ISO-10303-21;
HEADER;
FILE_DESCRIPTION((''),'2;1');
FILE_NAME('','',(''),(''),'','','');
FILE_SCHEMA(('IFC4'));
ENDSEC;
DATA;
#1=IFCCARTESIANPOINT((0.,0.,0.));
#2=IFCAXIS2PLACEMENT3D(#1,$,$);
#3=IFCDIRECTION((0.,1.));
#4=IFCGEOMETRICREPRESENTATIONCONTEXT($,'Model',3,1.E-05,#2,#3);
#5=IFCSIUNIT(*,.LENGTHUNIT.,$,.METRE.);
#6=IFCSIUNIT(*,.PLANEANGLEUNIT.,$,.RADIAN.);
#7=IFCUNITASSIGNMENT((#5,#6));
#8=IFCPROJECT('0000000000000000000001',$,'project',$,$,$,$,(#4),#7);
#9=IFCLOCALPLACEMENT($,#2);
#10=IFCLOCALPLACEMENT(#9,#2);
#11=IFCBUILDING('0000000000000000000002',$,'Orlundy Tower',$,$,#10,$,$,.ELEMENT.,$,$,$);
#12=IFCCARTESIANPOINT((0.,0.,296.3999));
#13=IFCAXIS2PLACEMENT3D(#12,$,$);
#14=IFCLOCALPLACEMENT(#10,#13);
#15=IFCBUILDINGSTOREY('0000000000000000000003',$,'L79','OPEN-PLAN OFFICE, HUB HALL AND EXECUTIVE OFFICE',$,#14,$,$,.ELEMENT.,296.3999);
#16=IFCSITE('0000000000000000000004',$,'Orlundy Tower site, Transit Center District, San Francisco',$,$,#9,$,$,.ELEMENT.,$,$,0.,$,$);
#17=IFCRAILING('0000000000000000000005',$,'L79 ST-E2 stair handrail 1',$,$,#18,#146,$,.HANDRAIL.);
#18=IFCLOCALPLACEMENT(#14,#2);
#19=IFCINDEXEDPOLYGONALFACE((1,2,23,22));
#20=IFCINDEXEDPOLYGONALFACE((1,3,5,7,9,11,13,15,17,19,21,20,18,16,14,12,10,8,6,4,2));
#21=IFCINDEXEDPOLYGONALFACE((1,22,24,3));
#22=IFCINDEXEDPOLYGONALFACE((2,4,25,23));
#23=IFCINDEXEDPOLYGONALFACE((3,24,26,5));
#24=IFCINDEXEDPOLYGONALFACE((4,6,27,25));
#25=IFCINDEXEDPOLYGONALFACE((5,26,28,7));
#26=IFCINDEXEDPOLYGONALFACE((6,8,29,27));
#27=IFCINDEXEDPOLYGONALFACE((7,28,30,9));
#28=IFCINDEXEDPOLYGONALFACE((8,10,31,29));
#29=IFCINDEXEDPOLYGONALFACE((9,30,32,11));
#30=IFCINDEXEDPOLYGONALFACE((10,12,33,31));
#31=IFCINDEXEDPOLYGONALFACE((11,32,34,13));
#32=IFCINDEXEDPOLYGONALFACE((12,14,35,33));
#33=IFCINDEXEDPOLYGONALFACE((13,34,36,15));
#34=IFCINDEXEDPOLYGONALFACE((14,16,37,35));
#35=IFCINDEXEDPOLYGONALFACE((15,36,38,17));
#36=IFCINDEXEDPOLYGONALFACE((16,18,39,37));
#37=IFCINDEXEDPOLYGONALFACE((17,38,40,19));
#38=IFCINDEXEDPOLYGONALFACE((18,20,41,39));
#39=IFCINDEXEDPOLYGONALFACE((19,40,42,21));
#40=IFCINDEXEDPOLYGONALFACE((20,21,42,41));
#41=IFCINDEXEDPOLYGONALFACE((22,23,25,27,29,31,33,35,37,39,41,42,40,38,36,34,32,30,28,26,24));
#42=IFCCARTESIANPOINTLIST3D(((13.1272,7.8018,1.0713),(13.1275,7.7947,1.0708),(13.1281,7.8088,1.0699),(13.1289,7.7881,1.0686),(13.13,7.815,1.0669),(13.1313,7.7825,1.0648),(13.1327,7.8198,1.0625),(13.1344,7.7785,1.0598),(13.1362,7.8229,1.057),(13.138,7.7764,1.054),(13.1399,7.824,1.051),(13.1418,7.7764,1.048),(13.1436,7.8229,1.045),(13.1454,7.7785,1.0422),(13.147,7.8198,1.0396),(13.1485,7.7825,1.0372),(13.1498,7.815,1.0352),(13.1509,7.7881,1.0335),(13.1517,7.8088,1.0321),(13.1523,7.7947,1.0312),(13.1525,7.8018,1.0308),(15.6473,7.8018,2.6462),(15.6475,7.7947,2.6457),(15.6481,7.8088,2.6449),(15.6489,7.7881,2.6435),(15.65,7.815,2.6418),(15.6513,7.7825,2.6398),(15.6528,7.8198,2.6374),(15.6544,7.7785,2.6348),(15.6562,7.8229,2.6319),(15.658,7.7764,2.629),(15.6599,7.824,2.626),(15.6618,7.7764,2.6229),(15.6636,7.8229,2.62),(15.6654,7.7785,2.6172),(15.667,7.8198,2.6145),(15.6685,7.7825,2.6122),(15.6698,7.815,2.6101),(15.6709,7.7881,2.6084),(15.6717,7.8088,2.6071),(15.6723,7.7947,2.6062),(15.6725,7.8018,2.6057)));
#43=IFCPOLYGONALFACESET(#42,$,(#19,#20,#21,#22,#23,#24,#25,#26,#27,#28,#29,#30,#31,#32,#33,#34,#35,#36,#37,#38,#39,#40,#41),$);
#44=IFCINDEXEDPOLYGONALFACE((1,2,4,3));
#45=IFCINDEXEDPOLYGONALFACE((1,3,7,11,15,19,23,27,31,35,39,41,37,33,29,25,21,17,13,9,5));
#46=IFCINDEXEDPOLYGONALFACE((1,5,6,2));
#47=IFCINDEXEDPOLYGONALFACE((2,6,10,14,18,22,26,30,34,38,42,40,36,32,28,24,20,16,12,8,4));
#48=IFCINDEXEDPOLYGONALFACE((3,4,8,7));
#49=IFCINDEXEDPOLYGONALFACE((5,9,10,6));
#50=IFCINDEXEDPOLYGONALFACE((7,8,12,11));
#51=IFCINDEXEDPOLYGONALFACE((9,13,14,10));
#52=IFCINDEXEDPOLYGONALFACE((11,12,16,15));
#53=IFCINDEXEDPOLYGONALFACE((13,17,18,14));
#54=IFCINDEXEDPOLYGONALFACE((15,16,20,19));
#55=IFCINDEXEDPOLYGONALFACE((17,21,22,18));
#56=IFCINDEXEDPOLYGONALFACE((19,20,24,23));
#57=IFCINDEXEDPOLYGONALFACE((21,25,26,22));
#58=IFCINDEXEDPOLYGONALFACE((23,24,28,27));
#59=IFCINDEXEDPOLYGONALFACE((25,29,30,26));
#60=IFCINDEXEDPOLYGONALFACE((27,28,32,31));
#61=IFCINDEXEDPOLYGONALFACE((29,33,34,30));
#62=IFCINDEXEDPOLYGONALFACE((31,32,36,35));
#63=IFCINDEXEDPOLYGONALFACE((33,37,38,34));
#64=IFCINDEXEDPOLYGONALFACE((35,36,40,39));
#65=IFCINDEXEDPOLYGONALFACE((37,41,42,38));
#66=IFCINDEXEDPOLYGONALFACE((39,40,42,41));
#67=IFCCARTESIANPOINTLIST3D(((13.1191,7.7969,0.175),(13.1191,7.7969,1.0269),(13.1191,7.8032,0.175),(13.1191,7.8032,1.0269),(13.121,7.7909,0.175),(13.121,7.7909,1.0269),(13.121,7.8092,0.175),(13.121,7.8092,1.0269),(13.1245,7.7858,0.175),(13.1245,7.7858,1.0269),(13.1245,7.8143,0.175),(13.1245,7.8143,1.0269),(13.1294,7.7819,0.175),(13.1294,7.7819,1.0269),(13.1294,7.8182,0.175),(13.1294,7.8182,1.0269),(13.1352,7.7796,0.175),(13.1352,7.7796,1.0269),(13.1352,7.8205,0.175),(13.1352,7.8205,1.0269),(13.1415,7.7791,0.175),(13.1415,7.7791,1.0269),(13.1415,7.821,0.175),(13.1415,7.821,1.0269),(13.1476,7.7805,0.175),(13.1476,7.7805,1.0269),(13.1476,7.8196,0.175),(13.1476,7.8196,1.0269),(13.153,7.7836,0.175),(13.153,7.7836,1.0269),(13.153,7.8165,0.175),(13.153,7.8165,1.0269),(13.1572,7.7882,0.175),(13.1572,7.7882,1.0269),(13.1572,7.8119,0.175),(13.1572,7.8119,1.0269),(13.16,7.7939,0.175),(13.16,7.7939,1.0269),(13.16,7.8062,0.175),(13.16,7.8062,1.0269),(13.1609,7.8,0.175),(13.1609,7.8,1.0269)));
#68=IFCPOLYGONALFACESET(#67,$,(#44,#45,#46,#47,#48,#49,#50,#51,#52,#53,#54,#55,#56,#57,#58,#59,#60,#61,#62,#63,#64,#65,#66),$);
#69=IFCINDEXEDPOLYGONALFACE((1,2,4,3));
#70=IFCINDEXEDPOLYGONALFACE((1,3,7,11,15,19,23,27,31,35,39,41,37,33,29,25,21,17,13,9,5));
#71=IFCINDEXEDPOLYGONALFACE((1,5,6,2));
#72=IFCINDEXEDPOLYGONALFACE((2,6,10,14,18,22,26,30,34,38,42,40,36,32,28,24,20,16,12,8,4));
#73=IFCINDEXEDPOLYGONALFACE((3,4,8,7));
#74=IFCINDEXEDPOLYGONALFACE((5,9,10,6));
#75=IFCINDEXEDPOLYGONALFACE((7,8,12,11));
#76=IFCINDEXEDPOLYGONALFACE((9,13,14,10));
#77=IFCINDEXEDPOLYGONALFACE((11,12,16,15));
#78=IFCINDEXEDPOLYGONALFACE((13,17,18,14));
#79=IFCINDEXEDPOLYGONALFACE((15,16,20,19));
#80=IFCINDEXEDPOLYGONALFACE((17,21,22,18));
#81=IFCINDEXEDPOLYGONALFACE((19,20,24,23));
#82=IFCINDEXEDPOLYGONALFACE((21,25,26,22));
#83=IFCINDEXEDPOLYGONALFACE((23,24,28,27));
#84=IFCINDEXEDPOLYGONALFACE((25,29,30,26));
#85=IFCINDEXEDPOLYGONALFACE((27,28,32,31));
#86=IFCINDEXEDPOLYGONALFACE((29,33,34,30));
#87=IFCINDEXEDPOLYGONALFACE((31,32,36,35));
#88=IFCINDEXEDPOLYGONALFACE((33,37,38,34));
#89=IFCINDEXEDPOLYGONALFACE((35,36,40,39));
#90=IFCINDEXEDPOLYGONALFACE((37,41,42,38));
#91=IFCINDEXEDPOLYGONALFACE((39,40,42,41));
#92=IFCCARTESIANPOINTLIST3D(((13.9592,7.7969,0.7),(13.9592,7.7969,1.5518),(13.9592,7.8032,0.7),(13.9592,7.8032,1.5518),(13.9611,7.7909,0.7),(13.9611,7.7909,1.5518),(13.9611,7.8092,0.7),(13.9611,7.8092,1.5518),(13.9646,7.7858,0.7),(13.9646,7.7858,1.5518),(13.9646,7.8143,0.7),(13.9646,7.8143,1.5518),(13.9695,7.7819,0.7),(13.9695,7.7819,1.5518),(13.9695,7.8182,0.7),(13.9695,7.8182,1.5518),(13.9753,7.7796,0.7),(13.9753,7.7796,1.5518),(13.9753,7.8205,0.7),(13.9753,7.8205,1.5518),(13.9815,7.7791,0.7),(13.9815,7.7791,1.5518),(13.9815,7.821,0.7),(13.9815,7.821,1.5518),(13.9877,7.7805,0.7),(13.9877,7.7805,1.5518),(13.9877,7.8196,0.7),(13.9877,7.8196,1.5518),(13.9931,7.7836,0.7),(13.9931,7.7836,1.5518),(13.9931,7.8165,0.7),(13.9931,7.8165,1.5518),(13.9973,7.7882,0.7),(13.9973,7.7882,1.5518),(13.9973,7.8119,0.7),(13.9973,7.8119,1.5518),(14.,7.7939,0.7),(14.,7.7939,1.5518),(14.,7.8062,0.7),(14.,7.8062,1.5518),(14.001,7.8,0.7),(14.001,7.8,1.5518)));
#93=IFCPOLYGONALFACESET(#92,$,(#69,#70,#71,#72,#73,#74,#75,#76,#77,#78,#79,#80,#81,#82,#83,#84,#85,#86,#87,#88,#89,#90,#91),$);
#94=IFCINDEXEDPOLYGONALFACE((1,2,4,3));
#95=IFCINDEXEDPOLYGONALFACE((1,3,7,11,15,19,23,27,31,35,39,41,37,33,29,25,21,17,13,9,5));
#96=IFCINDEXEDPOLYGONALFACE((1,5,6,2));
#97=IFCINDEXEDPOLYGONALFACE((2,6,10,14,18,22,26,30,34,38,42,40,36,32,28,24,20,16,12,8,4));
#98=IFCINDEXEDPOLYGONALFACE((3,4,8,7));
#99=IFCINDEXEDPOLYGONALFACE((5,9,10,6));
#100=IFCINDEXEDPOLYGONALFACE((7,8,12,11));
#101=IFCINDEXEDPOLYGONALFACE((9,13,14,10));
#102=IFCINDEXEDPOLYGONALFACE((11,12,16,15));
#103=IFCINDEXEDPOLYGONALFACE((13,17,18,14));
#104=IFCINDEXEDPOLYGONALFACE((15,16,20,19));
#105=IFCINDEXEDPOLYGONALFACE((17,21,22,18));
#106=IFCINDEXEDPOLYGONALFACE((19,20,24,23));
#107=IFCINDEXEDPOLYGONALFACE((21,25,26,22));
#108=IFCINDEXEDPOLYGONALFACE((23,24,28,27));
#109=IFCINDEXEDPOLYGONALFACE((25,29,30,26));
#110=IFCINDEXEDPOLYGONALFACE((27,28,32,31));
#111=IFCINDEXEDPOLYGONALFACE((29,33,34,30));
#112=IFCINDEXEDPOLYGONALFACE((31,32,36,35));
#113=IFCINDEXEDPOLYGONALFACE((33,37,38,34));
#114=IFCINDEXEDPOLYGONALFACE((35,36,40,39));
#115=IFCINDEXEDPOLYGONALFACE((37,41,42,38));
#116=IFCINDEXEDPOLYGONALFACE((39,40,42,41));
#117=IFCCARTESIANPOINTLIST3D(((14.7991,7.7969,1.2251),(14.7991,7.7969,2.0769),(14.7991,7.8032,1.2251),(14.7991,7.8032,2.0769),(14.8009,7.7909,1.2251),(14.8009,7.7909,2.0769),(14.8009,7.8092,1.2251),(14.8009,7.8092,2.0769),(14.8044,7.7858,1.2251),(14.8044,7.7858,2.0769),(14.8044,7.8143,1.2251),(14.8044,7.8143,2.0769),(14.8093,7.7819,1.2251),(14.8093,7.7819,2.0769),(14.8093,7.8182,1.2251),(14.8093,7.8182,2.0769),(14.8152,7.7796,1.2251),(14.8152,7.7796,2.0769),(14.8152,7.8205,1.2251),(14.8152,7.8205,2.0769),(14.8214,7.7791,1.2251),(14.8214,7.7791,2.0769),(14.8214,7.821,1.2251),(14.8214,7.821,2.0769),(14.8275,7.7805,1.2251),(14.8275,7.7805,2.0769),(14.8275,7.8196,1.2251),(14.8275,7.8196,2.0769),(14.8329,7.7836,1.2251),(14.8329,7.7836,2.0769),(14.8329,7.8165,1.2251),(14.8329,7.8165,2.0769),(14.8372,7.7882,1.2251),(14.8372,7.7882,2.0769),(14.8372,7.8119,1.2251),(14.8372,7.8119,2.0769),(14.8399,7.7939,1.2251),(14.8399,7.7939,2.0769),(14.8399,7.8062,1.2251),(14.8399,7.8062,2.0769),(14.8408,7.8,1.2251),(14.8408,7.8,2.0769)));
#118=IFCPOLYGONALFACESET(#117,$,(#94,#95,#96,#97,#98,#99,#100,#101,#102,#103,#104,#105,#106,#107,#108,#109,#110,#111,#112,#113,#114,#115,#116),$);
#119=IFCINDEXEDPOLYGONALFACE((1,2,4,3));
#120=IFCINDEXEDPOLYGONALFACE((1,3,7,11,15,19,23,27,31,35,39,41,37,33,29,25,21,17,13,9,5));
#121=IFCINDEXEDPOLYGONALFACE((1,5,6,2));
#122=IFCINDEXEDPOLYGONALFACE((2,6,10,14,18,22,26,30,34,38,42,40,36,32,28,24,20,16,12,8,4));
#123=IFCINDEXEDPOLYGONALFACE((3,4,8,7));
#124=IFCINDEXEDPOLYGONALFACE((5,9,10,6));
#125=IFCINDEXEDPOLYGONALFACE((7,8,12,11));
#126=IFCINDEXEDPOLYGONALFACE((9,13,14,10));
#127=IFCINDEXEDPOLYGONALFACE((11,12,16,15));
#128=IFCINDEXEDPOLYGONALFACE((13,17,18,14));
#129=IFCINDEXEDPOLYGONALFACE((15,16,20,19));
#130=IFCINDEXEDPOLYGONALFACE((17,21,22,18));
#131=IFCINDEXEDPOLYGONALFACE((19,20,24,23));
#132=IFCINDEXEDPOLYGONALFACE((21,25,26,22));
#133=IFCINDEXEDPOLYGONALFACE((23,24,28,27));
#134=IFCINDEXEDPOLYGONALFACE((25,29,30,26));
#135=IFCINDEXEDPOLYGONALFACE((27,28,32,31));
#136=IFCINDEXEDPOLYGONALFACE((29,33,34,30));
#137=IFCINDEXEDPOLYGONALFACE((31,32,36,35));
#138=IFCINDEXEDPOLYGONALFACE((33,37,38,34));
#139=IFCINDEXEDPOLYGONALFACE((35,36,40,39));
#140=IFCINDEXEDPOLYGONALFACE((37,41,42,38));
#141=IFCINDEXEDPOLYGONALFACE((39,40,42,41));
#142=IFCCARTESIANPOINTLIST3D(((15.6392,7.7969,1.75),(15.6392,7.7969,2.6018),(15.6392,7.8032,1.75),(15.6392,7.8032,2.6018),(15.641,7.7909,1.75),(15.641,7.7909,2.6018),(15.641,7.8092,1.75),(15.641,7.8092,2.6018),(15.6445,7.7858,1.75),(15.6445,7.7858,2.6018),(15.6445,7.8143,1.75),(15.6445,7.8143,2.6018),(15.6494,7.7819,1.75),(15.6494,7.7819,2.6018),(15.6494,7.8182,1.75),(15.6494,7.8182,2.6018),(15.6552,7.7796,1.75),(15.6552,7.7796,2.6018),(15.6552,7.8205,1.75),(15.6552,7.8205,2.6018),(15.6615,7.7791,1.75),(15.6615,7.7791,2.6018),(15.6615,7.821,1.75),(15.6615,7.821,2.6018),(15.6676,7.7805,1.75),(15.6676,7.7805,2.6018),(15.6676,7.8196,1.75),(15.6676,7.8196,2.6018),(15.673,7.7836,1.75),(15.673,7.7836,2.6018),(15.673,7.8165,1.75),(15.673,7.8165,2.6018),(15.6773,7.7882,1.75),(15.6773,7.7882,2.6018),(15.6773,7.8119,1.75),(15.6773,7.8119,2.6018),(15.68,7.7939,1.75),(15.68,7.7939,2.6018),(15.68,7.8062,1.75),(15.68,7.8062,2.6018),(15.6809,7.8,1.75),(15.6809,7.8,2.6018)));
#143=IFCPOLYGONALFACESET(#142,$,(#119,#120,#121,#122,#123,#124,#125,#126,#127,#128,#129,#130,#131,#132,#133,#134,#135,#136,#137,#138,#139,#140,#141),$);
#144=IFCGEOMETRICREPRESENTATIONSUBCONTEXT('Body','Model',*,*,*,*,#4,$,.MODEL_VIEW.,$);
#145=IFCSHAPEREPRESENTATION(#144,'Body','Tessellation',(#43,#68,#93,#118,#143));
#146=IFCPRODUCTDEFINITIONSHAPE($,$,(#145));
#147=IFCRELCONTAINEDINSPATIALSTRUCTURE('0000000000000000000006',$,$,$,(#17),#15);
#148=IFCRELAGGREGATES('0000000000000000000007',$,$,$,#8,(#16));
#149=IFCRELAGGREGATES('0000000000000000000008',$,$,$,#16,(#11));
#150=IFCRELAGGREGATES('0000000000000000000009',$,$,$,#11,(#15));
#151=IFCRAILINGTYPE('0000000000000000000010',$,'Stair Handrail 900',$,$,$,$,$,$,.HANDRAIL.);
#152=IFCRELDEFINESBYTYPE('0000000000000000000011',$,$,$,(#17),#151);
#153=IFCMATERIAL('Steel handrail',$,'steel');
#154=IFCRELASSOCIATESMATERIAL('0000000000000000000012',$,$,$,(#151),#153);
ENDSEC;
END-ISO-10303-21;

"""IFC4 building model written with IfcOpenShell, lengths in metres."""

from ifc_helpers import new_model, si_unit, direction, frame, origin, origin_2d, place, context, subcontext, project, spatial, circle, extrude, material, type_object, element, save


model = new_model("IFC4")

# Units and contexts
model_context = context("Model", 3, precision=1e-05, world=origin(), true_north=direction((0.0, 1.0)))
body_context = subcontext(model_context, "Body", "Model", "MODEL_VIEW")
ifc_project = project(units=[si_unit("LENGTHUNIT", "METRE"), si_unit("PLANEANGLEUNIT", "RADIAN")], contexts=[model_context])

# Site, building, storey
site_placement = place(None, origin())
site = spatial("IfcSite", under=ifc_project, at=site_placement, Name="Orlundy Tower site, Transit Center District, San Francisco", CompositionType="ELEMENT", RefElevation=0.0)
building_placement = place(site_placement, origin())
building = spatial("IfcBuilding", under=site, at=building_placement, Name="Orlundy Tower", CompositionType="ELEMENT")
storey_placement = place(building_placement, frame((0.0, 0.0, 296.3999)))
storey = spatial("IfcBuildingStorey", under=building, at=storey_placement, Name="L79", Description="OPEN-PLAN OFFICE, HUB HALL AND EXECUTIVE OFFICE", CompositionType="ELEMENT", Elevation=296.3999)

# Railing
ifc_material_1 = material(Name="Steel handrail", Category="steel")
railing_type_1 = type_object("IfcRailingType", Name="Stair Handrail 900", PredefinedType="HANDRAIL", material=ifc_material_1)
railing_1_placement = place(storey_placement, frame((13.1399, 7.8, 0.175)))
element("IfcRailing", 1, at=railing_1_placement, inside=storey, type_object=railing_type_1, Name="L79 ST-E2 stair handrail 1", PredefinedType="HANDRAIL", context=body_context, shape_type="SweptSolid", body=[
    extrude(circle(Radius=0.0239, at=origin_2d()), frame((0.0, 0.0, 0.876), z_axis=(0.848008, 0.0, 0.529984), x_axis=(0.0, 1.0, 0.0)), (0.0, 0.0, 1.0), 2.9717),
    extrude(circle(Radius=0.021, at=origin_2d()), origin(), (0.0, 0.0, 1.0), 0.8518),
    extrude(circle(Radius=0.021, at=origin_2d()), frame((0.8401, 0.0, 0.5249)), (0.0, 0.0, 1.0), 0.8518),
    extrude(circle(Radius=0.021, at=origin_2d()), frame((1.6799, 0.0, 1.05)), (0.0, 0.0, 1.0), 0.8518),
    extrude(circle(Radius=0.021, at=origin_2d()), frame((2.52, 0.0, 1.575)), (0.0, 0.0, 1.0), 0.8518),
])

save(model, "model.ifc")
